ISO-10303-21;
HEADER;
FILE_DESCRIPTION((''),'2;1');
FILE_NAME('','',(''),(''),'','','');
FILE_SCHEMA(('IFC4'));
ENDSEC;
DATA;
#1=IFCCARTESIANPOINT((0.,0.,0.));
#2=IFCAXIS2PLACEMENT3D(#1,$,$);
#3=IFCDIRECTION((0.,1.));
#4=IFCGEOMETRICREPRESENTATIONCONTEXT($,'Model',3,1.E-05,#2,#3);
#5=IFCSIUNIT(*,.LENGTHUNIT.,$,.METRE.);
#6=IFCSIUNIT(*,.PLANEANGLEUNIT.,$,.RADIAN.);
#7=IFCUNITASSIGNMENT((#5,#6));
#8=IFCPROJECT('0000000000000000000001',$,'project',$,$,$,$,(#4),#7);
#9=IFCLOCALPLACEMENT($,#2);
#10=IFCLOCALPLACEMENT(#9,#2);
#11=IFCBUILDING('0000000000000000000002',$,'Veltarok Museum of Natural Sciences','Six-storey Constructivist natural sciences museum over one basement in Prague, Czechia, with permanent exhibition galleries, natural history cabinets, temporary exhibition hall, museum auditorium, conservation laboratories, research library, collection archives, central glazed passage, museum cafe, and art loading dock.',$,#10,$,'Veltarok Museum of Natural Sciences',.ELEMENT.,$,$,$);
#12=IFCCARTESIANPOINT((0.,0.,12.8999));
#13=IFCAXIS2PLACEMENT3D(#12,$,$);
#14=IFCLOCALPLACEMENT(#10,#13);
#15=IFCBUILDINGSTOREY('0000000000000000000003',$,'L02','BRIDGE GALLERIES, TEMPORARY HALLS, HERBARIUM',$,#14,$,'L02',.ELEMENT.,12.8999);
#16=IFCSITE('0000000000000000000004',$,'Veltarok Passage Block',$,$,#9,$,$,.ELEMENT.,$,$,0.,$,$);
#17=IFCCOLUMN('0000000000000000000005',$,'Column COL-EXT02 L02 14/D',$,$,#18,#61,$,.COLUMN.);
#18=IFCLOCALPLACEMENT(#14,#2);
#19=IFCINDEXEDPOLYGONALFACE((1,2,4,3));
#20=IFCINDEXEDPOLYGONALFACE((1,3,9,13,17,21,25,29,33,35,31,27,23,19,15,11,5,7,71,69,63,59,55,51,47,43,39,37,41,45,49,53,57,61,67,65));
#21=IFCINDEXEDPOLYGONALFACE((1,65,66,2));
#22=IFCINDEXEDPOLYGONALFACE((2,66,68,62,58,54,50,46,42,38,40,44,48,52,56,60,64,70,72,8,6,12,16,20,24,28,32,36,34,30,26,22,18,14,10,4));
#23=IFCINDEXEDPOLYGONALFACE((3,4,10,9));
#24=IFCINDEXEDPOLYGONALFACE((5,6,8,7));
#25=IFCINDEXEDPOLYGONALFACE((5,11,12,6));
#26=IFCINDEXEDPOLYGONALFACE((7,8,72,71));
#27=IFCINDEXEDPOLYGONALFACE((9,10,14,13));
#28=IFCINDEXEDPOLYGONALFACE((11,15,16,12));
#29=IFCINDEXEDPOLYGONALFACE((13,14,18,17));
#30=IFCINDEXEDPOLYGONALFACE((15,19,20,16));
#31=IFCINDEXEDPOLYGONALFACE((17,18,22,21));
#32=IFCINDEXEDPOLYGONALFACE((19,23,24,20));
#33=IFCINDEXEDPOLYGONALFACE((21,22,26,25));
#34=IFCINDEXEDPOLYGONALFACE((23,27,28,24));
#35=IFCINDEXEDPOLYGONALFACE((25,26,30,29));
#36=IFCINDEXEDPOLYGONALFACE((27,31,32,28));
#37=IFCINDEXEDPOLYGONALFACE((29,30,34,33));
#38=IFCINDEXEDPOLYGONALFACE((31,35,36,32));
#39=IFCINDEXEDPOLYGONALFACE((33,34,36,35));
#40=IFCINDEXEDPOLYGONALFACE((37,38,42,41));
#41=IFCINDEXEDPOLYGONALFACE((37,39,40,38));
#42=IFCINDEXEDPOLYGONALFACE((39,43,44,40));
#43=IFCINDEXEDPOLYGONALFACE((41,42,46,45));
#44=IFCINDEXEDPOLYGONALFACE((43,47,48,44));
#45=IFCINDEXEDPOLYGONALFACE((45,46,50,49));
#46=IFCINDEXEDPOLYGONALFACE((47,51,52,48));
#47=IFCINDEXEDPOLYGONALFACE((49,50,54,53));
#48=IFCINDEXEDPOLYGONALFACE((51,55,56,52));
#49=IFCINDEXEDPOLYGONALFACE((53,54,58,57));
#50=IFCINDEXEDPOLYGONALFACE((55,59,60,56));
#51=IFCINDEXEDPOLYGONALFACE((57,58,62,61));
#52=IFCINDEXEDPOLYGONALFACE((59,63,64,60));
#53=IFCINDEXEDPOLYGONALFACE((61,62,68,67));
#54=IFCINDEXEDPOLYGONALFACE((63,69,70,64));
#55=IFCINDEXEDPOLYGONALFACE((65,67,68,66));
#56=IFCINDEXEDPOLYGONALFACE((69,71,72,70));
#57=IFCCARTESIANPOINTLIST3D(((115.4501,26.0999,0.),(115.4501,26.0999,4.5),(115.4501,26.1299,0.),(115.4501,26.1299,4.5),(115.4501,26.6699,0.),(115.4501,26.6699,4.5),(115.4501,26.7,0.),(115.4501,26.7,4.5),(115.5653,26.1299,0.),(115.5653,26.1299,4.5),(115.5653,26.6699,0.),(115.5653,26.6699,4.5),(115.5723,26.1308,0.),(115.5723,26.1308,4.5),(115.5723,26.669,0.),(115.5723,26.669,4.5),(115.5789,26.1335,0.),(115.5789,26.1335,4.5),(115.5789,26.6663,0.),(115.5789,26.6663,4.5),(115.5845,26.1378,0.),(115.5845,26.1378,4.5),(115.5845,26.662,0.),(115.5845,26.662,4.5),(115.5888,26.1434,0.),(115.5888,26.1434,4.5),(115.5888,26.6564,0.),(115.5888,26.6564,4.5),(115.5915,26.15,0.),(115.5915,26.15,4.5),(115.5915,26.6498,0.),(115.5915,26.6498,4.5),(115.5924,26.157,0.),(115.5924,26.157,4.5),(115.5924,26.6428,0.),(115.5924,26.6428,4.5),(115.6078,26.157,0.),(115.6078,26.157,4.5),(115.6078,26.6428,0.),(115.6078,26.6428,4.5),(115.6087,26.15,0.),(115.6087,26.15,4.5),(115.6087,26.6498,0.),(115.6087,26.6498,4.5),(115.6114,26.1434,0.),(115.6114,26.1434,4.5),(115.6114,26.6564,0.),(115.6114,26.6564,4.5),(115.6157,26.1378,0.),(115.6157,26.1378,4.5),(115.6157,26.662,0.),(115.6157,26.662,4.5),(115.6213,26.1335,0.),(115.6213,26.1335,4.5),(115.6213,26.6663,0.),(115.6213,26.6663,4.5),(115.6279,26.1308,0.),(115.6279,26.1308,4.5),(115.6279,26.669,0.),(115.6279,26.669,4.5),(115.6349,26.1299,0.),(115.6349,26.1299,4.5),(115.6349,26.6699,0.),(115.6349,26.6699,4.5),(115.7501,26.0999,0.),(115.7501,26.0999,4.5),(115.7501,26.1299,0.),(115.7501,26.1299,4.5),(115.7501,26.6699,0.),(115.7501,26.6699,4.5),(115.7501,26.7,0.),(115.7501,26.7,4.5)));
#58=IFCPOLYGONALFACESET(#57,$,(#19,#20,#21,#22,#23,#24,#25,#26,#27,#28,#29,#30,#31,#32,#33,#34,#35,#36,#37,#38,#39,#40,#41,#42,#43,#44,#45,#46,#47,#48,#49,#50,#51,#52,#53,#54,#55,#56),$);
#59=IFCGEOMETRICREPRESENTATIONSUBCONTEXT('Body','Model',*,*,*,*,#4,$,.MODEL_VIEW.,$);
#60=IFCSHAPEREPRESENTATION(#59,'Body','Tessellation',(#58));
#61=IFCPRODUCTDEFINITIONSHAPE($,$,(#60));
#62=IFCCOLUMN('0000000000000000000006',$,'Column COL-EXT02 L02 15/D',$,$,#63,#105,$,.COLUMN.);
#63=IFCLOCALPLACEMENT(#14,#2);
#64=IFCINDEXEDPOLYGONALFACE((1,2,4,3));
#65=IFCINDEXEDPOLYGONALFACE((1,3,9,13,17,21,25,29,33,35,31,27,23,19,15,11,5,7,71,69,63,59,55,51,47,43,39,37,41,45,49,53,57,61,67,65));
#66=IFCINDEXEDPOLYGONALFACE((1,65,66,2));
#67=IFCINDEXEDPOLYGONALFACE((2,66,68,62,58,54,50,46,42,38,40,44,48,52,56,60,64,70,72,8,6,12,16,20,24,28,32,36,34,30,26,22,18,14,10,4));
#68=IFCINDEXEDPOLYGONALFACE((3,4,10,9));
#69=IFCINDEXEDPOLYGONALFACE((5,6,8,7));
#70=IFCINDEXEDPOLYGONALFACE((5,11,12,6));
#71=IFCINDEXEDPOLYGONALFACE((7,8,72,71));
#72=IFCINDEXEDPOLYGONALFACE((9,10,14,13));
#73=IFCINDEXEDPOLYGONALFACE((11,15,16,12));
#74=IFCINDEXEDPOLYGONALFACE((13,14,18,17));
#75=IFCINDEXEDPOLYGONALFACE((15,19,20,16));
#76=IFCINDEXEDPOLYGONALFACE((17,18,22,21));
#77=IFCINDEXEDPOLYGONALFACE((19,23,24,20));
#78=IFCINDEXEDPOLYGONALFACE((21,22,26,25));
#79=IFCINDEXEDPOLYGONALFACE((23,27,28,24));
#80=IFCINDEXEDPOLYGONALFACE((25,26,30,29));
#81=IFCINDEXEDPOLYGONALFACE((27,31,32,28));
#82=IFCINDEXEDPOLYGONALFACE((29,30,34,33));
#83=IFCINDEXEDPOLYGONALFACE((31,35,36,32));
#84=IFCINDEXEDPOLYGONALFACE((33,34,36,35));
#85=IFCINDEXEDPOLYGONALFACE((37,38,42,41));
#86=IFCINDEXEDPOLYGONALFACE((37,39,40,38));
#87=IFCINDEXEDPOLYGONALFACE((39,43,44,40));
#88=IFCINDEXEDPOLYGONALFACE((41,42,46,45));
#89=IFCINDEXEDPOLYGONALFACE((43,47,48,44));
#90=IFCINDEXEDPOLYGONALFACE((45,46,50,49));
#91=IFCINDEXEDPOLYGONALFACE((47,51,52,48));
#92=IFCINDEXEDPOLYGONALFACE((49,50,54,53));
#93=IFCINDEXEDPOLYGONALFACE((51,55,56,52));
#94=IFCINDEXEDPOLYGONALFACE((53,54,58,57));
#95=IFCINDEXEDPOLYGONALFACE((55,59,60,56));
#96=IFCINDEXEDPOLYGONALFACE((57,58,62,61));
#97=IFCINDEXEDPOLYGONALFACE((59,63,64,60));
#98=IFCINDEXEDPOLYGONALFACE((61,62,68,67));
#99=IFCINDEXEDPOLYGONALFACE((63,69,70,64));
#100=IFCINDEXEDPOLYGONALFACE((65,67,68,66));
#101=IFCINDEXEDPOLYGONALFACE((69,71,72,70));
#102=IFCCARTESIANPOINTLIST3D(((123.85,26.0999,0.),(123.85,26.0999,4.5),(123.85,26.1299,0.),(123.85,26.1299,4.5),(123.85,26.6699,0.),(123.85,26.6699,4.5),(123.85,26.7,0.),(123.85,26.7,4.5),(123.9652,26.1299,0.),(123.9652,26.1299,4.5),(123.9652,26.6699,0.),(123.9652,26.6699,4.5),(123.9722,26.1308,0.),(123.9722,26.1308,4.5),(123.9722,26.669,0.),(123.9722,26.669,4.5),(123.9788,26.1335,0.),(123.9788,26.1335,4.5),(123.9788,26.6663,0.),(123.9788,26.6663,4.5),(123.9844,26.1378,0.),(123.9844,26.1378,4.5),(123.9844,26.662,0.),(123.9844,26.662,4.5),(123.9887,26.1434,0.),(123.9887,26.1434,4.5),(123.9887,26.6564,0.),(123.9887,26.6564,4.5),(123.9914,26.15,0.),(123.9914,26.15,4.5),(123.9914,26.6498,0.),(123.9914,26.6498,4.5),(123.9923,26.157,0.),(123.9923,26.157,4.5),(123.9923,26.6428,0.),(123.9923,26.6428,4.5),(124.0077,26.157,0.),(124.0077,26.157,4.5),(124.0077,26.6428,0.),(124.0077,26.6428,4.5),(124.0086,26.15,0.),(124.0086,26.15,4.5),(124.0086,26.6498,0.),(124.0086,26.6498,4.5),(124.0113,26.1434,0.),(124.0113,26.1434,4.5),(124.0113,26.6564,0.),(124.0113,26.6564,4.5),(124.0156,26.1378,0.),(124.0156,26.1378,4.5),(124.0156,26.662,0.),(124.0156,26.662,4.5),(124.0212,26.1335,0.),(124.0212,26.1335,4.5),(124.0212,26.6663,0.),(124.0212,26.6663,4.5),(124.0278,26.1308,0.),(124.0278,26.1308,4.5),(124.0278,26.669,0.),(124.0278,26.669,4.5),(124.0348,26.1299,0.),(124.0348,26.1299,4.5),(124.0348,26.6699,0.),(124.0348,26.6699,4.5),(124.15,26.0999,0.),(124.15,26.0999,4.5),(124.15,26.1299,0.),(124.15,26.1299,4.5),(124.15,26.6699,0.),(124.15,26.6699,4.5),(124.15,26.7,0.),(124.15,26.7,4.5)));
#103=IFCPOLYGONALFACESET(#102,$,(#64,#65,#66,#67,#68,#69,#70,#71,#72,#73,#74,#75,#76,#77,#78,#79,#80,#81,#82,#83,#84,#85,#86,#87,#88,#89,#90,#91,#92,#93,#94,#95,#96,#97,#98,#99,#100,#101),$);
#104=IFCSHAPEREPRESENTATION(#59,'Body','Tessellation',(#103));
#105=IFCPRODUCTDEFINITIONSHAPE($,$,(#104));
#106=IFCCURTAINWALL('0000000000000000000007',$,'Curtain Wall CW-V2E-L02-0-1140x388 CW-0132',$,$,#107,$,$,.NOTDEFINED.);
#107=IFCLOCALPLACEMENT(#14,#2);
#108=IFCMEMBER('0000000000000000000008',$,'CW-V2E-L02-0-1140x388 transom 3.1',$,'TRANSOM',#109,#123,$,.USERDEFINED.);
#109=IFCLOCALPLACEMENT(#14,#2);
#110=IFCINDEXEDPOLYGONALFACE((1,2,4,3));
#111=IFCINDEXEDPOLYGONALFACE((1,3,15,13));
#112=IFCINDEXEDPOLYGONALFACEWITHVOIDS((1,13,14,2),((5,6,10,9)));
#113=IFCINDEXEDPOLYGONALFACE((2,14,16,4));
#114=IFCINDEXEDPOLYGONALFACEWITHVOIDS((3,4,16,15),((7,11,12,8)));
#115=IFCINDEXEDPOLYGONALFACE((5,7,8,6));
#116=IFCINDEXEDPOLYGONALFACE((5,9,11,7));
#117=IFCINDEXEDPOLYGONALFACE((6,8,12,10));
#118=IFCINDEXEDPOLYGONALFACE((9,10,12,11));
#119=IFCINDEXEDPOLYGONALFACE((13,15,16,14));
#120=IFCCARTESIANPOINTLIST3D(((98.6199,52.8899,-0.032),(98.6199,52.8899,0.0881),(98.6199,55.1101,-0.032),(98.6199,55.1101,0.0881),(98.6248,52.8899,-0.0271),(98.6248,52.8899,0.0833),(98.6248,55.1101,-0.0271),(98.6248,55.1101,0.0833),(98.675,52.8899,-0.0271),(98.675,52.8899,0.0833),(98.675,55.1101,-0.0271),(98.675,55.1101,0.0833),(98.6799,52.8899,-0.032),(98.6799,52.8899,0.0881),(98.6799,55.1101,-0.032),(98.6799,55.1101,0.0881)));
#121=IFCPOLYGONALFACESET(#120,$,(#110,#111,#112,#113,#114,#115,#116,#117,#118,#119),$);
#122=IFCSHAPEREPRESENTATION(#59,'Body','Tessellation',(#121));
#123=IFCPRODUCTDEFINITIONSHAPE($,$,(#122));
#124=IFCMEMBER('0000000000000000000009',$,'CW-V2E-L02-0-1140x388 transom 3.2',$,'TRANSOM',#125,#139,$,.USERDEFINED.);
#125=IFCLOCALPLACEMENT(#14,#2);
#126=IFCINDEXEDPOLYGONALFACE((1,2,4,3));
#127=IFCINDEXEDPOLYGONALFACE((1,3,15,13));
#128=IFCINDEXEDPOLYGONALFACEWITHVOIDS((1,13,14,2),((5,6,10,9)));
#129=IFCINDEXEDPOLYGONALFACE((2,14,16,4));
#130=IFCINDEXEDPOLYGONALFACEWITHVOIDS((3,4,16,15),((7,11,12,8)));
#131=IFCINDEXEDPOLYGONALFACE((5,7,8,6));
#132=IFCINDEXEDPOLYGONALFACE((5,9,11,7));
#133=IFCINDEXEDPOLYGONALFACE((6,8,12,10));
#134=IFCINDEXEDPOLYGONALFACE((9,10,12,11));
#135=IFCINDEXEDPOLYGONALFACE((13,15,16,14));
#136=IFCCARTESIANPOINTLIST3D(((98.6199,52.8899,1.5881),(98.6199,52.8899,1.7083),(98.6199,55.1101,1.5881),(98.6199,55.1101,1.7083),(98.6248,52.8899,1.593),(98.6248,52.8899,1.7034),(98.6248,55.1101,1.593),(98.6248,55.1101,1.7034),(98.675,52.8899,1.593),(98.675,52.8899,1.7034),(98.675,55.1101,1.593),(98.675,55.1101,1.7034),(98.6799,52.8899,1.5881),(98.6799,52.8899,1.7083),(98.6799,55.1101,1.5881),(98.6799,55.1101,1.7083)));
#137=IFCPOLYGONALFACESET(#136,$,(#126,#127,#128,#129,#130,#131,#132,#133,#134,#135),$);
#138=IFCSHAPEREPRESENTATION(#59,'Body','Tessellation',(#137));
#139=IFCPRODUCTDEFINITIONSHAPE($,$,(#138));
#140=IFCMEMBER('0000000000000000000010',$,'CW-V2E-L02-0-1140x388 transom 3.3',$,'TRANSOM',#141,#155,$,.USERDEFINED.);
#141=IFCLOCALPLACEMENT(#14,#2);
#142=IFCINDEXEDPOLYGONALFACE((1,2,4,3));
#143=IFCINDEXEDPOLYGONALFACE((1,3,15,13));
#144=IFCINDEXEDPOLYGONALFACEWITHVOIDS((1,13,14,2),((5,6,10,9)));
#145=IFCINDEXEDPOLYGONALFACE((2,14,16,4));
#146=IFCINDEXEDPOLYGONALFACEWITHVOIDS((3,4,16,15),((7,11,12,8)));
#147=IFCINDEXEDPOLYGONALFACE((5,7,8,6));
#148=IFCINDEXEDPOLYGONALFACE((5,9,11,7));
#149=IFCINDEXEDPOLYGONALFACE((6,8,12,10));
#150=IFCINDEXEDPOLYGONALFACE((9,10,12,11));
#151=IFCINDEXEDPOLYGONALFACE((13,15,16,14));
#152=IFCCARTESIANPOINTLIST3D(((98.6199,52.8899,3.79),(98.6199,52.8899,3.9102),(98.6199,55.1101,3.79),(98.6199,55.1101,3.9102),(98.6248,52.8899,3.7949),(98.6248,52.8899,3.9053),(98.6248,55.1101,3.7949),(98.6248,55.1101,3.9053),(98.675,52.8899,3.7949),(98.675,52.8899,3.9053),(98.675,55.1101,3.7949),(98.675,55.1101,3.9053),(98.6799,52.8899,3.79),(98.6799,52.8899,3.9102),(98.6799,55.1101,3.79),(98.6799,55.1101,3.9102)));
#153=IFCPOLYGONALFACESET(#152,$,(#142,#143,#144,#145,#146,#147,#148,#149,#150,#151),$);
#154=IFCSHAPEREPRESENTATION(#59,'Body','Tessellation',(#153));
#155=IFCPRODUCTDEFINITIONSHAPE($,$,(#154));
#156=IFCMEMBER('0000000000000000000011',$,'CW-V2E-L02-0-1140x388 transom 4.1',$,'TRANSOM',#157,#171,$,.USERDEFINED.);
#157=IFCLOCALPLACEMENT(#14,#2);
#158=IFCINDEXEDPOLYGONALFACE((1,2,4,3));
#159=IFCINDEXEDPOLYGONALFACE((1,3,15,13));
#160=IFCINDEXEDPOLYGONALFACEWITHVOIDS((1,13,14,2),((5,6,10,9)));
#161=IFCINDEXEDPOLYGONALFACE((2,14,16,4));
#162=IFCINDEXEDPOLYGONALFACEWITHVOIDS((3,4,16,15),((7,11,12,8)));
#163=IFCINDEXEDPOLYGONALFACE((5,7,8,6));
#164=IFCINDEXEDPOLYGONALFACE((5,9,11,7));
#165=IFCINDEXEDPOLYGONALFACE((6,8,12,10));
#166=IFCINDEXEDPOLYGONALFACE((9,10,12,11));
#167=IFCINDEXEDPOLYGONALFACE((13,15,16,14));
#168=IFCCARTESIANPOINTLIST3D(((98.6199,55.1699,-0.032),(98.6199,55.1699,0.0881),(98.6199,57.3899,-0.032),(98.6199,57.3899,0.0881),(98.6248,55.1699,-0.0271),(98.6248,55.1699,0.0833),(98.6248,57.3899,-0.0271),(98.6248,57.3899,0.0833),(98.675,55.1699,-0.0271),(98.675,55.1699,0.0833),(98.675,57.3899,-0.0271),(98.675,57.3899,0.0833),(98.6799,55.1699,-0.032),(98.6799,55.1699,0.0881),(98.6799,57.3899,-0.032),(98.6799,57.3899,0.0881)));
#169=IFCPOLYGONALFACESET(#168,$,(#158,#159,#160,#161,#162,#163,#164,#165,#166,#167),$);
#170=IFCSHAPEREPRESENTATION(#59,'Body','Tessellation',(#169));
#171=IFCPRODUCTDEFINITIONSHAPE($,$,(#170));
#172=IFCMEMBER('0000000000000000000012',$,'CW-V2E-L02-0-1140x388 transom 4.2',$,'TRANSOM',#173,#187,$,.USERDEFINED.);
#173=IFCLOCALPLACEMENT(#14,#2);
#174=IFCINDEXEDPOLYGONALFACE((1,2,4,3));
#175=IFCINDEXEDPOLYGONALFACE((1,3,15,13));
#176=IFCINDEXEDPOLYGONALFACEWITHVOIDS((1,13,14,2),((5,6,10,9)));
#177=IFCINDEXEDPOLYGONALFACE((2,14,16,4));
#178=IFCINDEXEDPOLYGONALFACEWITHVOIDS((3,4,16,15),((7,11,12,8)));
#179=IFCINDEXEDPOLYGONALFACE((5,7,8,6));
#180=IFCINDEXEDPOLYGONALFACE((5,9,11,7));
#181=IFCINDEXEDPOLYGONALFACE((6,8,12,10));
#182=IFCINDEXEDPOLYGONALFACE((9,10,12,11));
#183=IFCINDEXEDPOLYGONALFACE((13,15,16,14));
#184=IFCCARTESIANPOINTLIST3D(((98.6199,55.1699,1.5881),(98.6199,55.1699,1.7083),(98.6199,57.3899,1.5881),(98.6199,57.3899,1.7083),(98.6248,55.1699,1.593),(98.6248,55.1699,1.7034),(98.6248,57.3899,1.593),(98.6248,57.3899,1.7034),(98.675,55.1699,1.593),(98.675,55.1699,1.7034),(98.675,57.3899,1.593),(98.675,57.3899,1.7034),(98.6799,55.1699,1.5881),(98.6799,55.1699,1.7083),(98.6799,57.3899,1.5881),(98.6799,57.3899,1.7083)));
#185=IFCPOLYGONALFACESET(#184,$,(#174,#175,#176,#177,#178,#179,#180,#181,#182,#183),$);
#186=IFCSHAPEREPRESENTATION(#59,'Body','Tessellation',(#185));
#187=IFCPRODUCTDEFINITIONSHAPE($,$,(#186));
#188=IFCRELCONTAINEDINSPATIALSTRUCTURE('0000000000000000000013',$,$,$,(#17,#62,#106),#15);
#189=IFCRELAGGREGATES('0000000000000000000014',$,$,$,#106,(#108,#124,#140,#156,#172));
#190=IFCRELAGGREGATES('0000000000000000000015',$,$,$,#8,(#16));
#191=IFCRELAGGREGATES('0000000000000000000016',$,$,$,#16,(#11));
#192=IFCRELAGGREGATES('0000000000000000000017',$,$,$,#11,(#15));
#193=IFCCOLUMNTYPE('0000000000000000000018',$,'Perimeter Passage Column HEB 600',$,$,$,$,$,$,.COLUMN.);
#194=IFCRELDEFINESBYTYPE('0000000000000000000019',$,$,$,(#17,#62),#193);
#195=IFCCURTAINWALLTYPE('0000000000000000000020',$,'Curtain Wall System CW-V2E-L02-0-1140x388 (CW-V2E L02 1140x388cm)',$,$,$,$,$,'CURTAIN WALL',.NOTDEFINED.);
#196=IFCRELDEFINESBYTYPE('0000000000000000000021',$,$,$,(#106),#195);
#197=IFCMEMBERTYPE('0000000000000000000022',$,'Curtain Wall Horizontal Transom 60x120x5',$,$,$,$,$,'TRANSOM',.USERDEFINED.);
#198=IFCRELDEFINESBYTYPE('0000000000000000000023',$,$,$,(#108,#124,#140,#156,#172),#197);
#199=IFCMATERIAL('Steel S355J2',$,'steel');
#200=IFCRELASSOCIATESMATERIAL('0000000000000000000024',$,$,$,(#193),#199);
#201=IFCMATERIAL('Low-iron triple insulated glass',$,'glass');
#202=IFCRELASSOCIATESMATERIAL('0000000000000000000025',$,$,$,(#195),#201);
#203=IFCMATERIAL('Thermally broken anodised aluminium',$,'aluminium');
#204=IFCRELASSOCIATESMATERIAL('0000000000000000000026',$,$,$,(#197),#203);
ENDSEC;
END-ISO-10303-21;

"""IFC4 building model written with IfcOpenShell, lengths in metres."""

from ifc_helpers import new_model, si_unit, direction, frame, origin, origin_2d, place, context, subcontext, project, spatial, hollow_rectangle, i_section, extrude, material, material_profile, profile_set, type_object, element, aggregate, save


model = new_model("IFC4")

# Units and contexts
model_context = context("Model", 3, precision=1e-05, world=origin(), true_north=direction((0.0, 1.0)))
body_context = subcontext(model_context, "Body", "Model", "MODEL_VIEW")
ifc_project = project(units=[si_unit("LENGTHUNIT", "METRE"), si_unit("PLANEANGLEUNIT", "RADIAN")], contexts=[model_context])

# Site, building, storey
site_placement = place(None, origin())
site = spatial("IfcSite", under=ifc_project, at=site_placement, Name="Veltarok Passage Block", CompositionType="ELEMENT", RefElevation=0.0)
building_placement = place(site_placement, origin())
building = spatial("IfcBuilding", under=site, at=building_placement, Name="Veltarok Museum of Natural Sciences", Description="Six-storey Constructivist natural sciences museum over one basement in Prague, Czechia, with permanent exhibition galleries, natural history cabinets, temporary exhibition hall, museum auditorium, conservation laboratories, research library, collection archives, central glazed passage, museum cafe, and art loading dock.", LongName="Veltarok Museum of Natural Sciences", CompositionType="ELEMENT")
storey_placement = place(building_placement, frame((0.0, 0.0, 12.8999)))
storey = spatial("IfcBuildingStorey", under=building, at=storey_placement, Name="L02", Description="BRIDGE GALLERIES, TEMPORARY HALLS, HERBARIUM", LongName="L02", CompositionType="ELEMENT", Elevation=12.8999)

# Columns
ifc_material_1 = material(Name="Steel S355J2", Category="steel")
ifc_material_profile_1 = material_profile(ifc_material_1, i_section(OverallWidth=0.3, OverallDepth=0.6001, WebThickness=0.0154, FlangeThickness=0.03, FilletRadius=0.0271, at=origin_2d()), Name="HEB 600")
ifc_profile_set_1 = profile_set([ifc_material_profile_1], Name="Steel S355J2")
column_type = type_object("IfcColumnType", Name="Perimeter Passage Column HEB 600", PredefinedType="COLUMN", material=ifc_profile_set_1)
for number, where, z_axis, x_axis, name in (
    (1, (115.6001, 26.3999, 0.0), (0.0, 0.0, 1.0), (1.0, 0.0, 0.0), "Column COL-EXT02 L02 14/D"),
    (2, (124.0, 26.3999, 0.0), (0.0, 0.0, 1.0), (1.0, 0.0, 0.0), "Column COL-EXT02 L02 15/D"),
):
    element("IfcColumn", number, at=place(storey_placement, frame(where, z_axis=z_axis, x_axis=x_axis)), inside=storey, type_object=column_type, Name=name, PredefinedType="COLUMN", context=body_context, shape_type="SweptSolid", body=[
        extrude(i_section(OverallWidth=0.3, OverallDepth=0.6001, WebThickness=0.0154, FlangeThickness=0.03, FilletRadius=0.0271, at=origin_2d()), origin(), (0.0, 0.0, 1.0), 4.5),
    ])

# Curtain wall, members
ifc_material_2 = material(Name="Low-iron triple insulated glass", Category="glass")
curtain_wall_type_1 = type_object("IfcCurtainWallType", Name="Curtain Wall System CW-V2E-L02-0-1140x388 (CW-V2E L02 1140x388cm)", ElementType="CURTAIN WALL", PredefinedType="NOTDEFINED", material=ifc_material_2)
curtain_wall_1_placement = place(storey_placement, origin())
curtain_wall_1 = element("IfcCurtainWall", 3, at=curtain_wall_1_placement, inside=storey, type_object=curtain_wall_type_1, Name="Curtain Wall CW-V2E-L02-0-1140x388 CW-0132", PredefinedType="NOTDEFINED")
ifc_material_3 = material(Name="Thermally broken anodised aluminium", Category="aluminium")
ifc_material_profile_2 = material_profile(ifc_material_3, hollow_rectangle(XDim=0.0601, YDim=0.1201, WallThickness=0.0049, at=origin_2d()), Name="CW TRANSOM 60x120x5")
ifc_profile_set_2 = profile_set([ifc_material_profile_2], Name="Thermally broken anodised aluminium")
member_type_1 = type_object("IfcMemberType", Name="Curtain Wall Horizontal Transom 60x120x5", ElementType="TRANSOM", PredefinedType="USERDEFINED", material=ifc_profile_set_2)
member_1_placement = place(storey_placement, frame((98.6499, 52.8899, 0.0281), z_axis=(0.0, 1.0, 0.0), x_axis=(-1.0, 0.0, 0.0)))
member_1 = element("IfcMember", 4, at=member_1_placement, type_object=member_type_1, Name="CW-V2E-L02-0-1140x388 transom 3.1", ObjectType="TRANSOM", PredefinedType="USERDEFINED", context=body_context, shape_type="SweptSolid", body=[
    extrude(hollow_rectangle(XDim=0.0601, YDim=0.1201, WallThickness=0.0049, at=origin_2d()), origin(), (0.0, 0.0, 1.0), 2.2202),
])
member_2_placement = place(storey_placement, frame((98.6499, 52.8899, 1.6482), z_axis=(0.0, 1.0, 0.0), x_axis=(-1.0, 0.0, 0.0)))
member_2 = element("IfcMember", 5, at=member_2_placement, type_object=member_type_1, Name="CW-V2E-L02-0-1140x388 transom 3.2", ObjectType="TRANSOM", PredefinedType="USERDEFINED", context=body_context, shape_type="SweptSolid", body=[
    extrude(hollow_rectangle(XDim=0.0601, YDim=0.1201, WallThickness=0.0049, at=origin_2d()), origin(), (0.0, 0.0, 1.0), 2.2202),
])
member_3_placement = place(storey_placement, frame((98.6499, 52.8899, 3.8501), z_axis=(0.0, 1.0, 0.0), x_axis=(-1.0, 0.0, 0.0)))
member_3 = element("IfcMember", 6, at=member_3_placement, type_object=member_type_1, Name="CW-V2E-L02-0-1140x388 transom 3.3", ObjectType="TRANSOM", PredefinedType="USERDEFINED", context=body_context, shape_type="SweptSolid", body=[
    extrude(hollow_rectangle(XDim=0.0601, YDim=0.1201, WallThickness=0.0049, at=origin_2d()), origin(), (0.0, 0.0, 1.0), 2.2202),
])
member_4_placement = place(storey_placement, frame((98.6499, 55.1699, 0.0281), z_axis=(0.0, 1.0, 0.0), x_axis=(-1.0, 0.0, 0.0)))
member_4 = element("IfcMember", 7, at=member_4_placement, type_object=member_type_1, Name="CW-V2E-L02-0-1140x388 transom 4.1", ObjectType="TRANSOM", PredefinedType="USERDEFINED", context=body_context, shape_type="SweptSolid", body=[
    extrude(hollow_rectangle(XDim=0.0601, YDim=0.1201, WallThickness=0.0049, at=origin_2d()), origin(), (0.0, 0.0, 1.0), 2.22),
])
member_5_placement = place(storey_placement, frame((98.6499, 55.1699, 1.6482), z_axis=(0.0, 1.0, 0.0), x_axis=(-1.0, 0.0, 0.0)))
member_5 = element("IfcMember", 8, at=member_5_placement, type_object=member_type_1, Name="CW-V2E-L02-0-1140x388 transom 4.2", ObjectType="TRANSOM", PredefinedType="USERDEFINED", context=body_context, shape_type="SweptSolid", body=[
    extrude(hollow_rectangle(XDim=0.0601, YDim=0.1201, WallThickness=0.0049, at=origin_2d()), origin(), (0.0, 0.0, 1.0), 2.22),
])

aggregate(curtain_wall_1, [member_1, member_2, member_3, member_4, member_5])

save(model, "model.ifc")
